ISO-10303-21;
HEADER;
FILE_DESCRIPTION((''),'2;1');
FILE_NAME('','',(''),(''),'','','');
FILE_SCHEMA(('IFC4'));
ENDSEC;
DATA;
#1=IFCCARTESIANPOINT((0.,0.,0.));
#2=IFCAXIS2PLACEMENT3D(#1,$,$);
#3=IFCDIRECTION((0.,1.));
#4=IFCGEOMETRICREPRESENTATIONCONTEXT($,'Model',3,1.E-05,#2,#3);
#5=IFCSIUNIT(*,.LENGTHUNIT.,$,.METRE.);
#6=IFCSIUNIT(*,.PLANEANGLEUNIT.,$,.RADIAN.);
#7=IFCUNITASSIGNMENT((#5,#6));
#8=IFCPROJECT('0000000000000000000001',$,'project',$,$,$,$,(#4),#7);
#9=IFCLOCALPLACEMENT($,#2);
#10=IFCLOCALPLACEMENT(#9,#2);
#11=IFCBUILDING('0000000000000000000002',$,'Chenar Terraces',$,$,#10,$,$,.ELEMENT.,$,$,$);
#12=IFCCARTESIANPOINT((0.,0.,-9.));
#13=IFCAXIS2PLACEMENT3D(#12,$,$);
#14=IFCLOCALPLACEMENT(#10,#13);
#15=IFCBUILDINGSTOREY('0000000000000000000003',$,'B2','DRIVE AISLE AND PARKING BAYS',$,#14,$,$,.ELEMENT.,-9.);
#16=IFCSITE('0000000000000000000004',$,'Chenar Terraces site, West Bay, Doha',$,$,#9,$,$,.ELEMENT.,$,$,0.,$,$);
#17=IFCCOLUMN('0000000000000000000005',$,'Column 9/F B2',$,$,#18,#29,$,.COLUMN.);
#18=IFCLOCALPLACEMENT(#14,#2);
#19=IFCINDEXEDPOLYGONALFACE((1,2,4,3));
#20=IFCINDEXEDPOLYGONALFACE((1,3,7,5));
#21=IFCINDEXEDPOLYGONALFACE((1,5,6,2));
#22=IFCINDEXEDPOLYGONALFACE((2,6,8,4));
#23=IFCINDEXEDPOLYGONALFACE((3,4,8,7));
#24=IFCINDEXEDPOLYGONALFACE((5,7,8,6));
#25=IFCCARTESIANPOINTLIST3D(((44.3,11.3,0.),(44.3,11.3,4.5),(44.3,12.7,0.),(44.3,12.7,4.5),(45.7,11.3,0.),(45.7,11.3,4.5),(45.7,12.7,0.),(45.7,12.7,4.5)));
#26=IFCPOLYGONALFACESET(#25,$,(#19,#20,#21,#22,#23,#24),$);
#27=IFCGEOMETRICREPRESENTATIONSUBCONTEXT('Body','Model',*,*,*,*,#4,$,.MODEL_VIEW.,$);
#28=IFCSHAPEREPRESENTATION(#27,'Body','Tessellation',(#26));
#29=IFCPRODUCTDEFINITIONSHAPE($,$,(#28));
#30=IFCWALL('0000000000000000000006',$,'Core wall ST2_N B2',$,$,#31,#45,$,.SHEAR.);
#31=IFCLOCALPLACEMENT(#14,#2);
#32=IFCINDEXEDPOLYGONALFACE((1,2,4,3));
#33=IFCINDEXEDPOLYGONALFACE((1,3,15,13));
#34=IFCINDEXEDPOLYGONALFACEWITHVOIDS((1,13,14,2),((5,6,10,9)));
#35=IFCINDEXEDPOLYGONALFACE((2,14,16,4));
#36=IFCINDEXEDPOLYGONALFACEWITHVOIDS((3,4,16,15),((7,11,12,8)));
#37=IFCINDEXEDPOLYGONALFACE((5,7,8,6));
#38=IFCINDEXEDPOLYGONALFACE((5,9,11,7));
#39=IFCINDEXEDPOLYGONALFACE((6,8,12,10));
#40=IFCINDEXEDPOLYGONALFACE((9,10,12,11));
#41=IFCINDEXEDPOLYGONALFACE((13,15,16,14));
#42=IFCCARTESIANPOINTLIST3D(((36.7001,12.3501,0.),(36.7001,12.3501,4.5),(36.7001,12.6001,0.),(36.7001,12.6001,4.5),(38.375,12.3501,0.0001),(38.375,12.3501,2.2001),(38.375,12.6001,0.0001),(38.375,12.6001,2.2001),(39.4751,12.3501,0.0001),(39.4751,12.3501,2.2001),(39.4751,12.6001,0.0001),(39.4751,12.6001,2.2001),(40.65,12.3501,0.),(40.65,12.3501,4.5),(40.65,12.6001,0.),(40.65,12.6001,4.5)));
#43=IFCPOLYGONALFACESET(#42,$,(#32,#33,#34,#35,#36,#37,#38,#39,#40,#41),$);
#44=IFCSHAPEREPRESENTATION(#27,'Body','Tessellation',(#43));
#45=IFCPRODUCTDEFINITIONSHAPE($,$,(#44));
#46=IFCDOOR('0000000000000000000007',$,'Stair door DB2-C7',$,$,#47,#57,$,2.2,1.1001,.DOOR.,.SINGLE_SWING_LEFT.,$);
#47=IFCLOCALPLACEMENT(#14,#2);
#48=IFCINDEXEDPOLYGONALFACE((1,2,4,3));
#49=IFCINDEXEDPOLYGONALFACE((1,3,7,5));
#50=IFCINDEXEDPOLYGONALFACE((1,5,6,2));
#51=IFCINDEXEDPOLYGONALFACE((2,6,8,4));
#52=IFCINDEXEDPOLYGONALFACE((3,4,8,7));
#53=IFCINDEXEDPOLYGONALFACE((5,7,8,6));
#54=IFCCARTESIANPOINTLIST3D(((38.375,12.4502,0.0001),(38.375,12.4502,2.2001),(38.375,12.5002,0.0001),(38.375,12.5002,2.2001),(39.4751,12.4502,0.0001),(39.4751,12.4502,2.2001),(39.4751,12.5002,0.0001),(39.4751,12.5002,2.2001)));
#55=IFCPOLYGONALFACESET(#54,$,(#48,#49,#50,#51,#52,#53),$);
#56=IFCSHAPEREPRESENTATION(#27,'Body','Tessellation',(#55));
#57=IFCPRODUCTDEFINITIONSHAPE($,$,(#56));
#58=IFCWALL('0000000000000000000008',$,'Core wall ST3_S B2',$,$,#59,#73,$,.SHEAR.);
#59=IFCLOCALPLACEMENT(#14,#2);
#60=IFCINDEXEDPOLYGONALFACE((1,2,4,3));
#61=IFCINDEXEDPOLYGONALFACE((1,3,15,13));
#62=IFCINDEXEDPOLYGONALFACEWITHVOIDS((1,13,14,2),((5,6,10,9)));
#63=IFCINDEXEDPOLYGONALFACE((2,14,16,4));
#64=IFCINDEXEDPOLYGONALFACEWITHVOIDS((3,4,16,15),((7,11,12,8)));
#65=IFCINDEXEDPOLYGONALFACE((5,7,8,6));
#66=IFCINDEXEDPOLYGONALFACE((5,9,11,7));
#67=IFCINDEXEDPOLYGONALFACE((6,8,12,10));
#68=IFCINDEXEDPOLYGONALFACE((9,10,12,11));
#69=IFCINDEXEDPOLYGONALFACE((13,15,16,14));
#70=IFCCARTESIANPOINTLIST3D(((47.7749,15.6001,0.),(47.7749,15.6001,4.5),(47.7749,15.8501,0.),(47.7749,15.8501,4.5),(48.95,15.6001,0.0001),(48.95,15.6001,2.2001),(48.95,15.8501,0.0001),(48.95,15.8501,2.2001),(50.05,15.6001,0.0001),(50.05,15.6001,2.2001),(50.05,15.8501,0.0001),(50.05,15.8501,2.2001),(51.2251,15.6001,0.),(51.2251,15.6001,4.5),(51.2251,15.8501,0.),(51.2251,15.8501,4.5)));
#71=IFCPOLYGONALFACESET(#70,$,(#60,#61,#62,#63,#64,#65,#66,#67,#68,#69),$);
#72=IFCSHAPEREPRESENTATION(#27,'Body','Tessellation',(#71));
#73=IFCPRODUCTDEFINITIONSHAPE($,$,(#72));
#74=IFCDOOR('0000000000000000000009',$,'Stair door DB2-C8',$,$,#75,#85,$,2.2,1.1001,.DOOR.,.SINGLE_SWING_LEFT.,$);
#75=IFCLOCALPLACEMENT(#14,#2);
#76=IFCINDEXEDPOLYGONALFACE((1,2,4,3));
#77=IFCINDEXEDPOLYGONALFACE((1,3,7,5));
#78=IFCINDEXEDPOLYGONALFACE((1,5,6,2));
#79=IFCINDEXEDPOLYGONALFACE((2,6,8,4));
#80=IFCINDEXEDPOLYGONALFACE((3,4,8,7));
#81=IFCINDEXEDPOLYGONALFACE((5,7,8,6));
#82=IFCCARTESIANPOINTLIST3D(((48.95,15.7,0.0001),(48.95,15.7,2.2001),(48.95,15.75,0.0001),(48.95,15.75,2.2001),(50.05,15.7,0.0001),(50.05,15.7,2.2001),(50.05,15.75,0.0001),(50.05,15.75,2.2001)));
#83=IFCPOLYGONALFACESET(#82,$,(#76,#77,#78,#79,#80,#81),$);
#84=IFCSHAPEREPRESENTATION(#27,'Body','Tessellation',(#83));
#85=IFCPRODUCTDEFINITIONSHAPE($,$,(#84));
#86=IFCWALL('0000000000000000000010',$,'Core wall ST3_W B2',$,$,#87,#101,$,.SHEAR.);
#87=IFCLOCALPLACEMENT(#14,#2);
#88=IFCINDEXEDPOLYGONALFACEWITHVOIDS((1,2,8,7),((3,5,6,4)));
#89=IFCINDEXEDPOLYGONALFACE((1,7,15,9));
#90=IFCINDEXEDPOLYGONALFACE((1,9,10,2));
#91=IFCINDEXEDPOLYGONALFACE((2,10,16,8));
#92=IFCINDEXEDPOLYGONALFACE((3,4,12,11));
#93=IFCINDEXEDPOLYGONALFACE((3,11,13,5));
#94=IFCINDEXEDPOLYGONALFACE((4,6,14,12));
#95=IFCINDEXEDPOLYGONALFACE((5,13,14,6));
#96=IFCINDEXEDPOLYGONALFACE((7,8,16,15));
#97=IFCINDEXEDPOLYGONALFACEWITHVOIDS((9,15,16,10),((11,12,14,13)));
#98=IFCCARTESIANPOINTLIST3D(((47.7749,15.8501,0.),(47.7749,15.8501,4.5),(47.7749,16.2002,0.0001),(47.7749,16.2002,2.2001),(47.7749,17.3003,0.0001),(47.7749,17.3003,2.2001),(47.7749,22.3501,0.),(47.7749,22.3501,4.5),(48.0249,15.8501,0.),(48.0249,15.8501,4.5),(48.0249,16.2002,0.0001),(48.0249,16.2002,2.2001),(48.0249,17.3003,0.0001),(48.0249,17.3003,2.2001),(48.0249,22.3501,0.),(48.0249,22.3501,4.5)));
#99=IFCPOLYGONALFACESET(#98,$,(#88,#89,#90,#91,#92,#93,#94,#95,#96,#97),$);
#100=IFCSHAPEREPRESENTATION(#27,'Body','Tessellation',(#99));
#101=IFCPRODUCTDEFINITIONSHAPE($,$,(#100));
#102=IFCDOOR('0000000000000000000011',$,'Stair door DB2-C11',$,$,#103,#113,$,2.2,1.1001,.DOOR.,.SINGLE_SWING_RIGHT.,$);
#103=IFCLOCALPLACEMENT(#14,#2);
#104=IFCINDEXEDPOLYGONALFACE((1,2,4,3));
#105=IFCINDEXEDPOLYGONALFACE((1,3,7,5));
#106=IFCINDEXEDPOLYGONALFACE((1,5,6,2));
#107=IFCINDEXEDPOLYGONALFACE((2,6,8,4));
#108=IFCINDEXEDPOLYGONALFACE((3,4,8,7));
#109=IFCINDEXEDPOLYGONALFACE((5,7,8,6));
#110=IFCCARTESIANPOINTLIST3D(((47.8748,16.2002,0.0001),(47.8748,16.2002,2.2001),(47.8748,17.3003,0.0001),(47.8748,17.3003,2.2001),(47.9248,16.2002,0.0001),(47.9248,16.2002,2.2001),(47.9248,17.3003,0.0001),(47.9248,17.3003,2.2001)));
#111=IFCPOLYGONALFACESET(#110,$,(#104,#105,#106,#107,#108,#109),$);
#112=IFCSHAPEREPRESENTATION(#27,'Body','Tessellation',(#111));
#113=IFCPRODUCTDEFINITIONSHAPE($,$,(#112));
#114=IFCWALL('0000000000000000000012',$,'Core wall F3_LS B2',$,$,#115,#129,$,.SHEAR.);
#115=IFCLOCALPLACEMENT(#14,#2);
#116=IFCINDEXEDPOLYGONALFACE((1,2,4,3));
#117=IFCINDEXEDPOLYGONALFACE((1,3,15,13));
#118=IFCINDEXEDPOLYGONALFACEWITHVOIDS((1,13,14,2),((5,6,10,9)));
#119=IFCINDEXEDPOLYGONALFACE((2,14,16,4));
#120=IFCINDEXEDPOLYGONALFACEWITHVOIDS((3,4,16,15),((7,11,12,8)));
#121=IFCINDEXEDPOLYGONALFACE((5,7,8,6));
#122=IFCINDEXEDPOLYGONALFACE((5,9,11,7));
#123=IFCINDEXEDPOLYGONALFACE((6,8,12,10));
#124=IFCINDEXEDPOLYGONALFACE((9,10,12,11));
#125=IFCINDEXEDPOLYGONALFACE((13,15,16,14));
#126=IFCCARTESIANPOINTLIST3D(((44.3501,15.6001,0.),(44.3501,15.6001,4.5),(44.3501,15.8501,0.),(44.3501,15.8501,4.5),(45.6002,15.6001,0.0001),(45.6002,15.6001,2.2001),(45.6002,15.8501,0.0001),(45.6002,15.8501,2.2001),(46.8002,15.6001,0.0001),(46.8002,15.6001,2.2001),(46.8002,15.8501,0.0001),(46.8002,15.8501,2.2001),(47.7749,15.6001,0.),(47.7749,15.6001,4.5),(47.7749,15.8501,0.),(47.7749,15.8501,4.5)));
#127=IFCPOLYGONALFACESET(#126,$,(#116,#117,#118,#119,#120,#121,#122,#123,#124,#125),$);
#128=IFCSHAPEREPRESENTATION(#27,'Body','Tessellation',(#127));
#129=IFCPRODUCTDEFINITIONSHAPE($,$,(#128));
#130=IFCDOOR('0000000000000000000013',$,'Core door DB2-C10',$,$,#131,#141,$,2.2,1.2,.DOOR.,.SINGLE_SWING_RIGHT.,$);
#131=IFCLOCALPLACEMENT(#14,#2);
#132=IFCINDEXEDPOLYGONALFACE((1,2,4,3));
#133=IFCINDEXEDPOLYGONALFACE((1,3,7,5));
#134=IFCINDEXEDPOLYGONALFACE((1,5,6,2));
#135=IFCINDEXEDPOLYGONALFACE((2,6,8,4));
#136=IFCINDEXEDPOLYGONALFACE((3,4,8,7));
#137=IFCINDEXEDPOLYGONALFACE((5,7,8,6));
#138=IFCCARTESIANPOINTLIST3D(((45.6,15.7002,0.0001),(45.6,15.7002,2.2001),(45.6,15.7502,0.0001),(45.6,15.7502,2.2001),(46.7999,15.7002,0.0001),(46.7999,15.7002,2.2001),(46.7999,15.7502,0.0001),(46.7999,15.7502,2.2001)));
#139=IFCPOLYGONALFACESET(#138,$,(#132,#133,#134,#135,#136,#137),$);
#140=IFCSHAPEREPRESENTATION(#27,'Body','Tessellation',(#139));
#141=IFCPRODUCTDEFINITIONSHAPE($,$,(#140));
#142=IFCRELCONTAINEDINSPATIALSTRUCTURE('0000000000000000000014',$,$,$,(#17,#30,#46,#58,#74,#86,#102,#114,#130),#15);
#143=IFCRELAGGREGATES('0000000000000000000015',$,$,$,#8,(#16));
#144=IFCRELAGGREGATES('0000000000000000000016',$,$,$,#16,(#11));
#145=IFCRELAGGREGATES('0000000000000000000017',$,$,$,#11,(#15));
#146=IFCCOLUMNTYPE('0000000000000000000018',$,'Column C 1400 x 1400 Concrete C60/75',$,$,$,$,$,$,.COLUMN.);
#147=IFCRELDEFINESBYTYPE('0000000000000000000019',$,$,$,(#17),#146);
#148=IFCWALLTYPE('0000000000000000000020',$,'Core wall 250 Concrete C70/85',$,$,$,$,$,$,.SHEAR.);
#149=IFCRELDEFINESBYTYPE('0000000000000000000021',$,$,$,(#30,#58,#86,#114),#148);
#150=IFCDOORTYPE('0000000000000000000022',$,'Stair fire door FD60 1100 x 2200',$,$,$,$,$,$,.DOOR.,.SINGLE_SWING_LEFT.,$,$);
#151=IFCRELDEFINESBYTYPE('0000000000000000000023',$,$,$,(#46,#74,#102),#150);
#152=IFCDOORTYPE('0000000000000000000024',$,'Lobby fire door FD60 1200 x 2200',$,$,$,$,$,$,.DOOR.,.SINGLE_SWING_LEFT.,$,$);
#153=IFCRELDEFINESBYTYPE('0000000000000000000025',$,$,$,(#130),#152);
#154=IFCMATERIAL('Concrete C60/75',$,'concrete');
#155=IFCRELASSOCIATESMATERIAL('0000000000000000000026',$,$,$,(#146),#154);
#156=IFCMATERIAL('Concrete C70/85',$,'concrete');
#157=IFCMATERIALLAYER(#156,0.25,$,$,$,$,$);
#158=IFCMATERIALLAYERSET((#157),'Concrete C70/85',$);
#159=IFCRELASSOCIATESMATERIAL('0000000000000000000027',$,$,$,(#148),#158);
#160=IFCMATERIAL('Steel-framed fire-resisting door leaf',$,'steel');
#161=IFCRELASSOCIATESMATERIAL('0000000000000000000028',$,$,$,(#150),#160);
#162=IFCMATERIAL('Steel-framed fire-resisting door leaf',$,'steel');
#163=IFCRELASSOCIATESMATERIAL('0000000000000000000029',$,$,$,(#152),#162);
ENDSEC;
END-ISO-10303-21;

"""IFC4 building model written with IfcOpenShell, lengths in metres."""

from ifc_helpers import new_model, si_unit, direction, frame, frame_2d, origin, origin_2d, place, context, subcontext, project, spatial, rectangle, extrude, material, layer, layer_set, material_profile, profile_set, type_object, element, fill, save


model = new_model("IFC4")

# Units and contexts
model_context = context("Model", 3, precision=1e-05, world=origin(), true_north=direction((0.0, 1.0)))
body_context = subcontext(model_context, "Body", "Model", "MODEL_VIEW")
ifc_project = project(units=[si_unit("LENGTHUNIT", "METRE"), si_unit("PLANEANGLEUNIT", "RADIAN")], contexts=[model_context])

# Site, building, storey
site_placement = place(None, origin())
site = spatial("IfcSite", under=ifc_project, at=site_placement, Name="Chenar Terraces site, West Bay, Doha", CompositionType="ELEMENT", RefElevation=0.0)
building_placement = place(site_placement, origin())
building = spatial("IfcBuilding", under=site, at=building_placement, Name="Chenar Terraces", CompositionType="ELEMENT")
storey_placement = place(building_placement, frame((0.0, 0.0, -9.0)))
storey = spatial("IfcBuildingStorey", under=building, at=storey_placement, Name="B2", Description="DRIVE AISLE AND PARKING BAYS", CompositionType="ELEMENT", Elevation=-9.0)

# Column
ifc_material_1 = material(Name="Concrete C60/75", Category="concrete")
ifc_material_profile = material_profile(ifc_material_1, rectangle(XDim=1.3999, YDim=1.3999, at=origin_2d()), Name="C 1400 x 1400")
ifc_profile_set = profile_set([ifc_material_profile], Name="Concrete C60/75")
column_type = type_object("IfcColumnType", Name="Column C 1400 x 1400 Concrete C60/75", PredefinedType="COLUMN", material=ifc_profile_set)
column_placement = place(storey_placement, frame((45.0, 12.0, 0.0), z_axis=(0.0, 0.0, 1.0), x_axis=(1.0, 0.0, 0.0)))
element("IfcColumn", 1, at=column_placement, inside=storey, type_object=column_type, Name="Column 9/F B2", PredefinedType="COLUMN", context=body_context, shape_type="SweptSolid", body=[
    extrude(rectangle(XDim=1.3999, YDim=1.3999, at=origin_2d()), origin(), (0.0, 0.0, 1.0), 4.5),
])

# Walls, openings, doors
ifc_material_2 = material(Name="Concrete C70/85", Category="concrete")
ifc_layer_1 = layer(ifc_material_2, 0.25)
ifc_layer_set_1 = layer_set([ifc_layer_1], Name="Concrete C70/85")
wall_type_1 = type_object("IfcWallType", Name="Core wall 250 Concrete C70/85", PredefinedType="SHEAR", material=ifc_layer_set_1)
wall_1_placement = place(storey_placement, frame((36.7, 12.4751, 0.0), z_axis=(0.0, 0.0, 1.0), x_axis=(1.0, 0.0, 0.0)))
wall_1 = element("IfcWall", 2, at=wall_1_placement, inside=storey, type_object=wall_type_1, Name="Core wall ST2_N B2", PredefinedType="SHEAR", context=body_context, shape_type="SweptSolid", body=[
    extrude(rectangle(XDim=3.95, YDim=0.25, at=frame_2d((1.9751, 0.0))), origin(), (0.0, 0.0, 1.0), 4.5),
])
opening_1_placement = place(wall_1_placement, frame((1.675, 0.0, 0.0)))
opening_1 = element("IfcOpeningElement", 3, at=opening_1_placement, cuts=wall_1, PredefinedType="OPENING", context=body_context, shape_type="SweptSolid", body=[
    extrude(rectangle(XDim=1.1001, YDim=2.2, at=frame_2d((0.55, 1.1001))), frame((0.0, 0.135, 0.0), z_axis=(0.0, -1.0, 0.0), x_axis=(1.0, 0.0, 0.0)), (0.0, 0.0, 1.0), 0.27),
])
ifc_material_3 = material(Name="Steel-framed fire-resisting door leaf", Category="steel")
door_type_1 = type_object("IfcDoorType", Name="Stair fire door FD60 1100 x 2200", OperationType="SINGLE_SWING_LEFT", PredefinedType="DOOR", material=ifc_material_3)
door_1_placement = place(opening_1_placement, frame((1.1001, 0.0, 0.0), z_axis=(0.0, 0.0, 1.0), x_axis=(-1.0, 0.0, 0.0)))
door_1 = element("IfcDoor", 4, at=door_1_placement, inside=storey, type_object=door_type_1, Name="Stair door DB2-C7", OperationType="SINGLE_SWING_LEFT", OverallHeight=2.2, OverallWidth=1.1001, PredefinedType="DOOR", context=body_context, shape_type="SweptSolid", body=[
    extrude(rectangle(XDim=1.1001, YDim=2.2, at=frame_2d((0.55, 1.1001))), frame((0.0, 0.0249, 0.0), z_axis=(0.0, -1.0, 0.0), x_axis=(1.0, 0.0, 0.0)), (0.0, 0.0, 1.0), 0.05),
])
fill(opening_1, door_1)
wall_2_placement = place(storey_placement, frame((47.7749, 15.7251, 0.0), z_axis=(0.0, 0.0, 1.0), x_axis=(1.0, 0.0, 0.0)))
wall_2 = element("IfcWall", 5, at=wall_2_placement, inside=storey, type_object=wall_type_1, Name="Core wall ST3_S B2", PredefinedType="SHEAR", context=body_context, shape_type="SweptSolid", body=[
    extrude(rectangle(XDim=3.4502, YDim=0.25, at=frame_2d((1.7251, 0.0))), origin(), (0.0, 0.0, 1.0), 4.5),
])
opening_2_placement = place(wall_2_placement, frame((1.175, 0.0, 0.0)))
opening_2 = element("IfcOpeningElement", 6, at=opening_2_placement, cuts=wall_2, PredefinedType="OPENING", context=body_context, shape_type="SweptSolid", body=[
    extrude(rectangle(XDim=1.1001, YDim=2.2, at=frame_2d((0.55, 1.1001))), frame((0.0, 0.135, 0.0), z_axis=(0.0, -1.0, 0.0), x_axis=(1.0, 0.0, 0.0)), (0.0, 0.0, 1.0), 0.27),
])
door_2_placement = place(opening_2_placement, origin())
door_2 = element("IfcDoor", 7, at=door_2_placement, inside=storey, type_object=door_type_1, Name="Stair door DB2-C8", OperationType="SINGLE_SWING_LEFT", OverallHeight=2.2, OverallWidth=1.1001, PredefinedType="DOOR", context=body_context, shape_type="SweptSolid", body=[
    extrude(rectangle(XDim=1.1001, YDim=2.2, at=frame_2d((0.55, 1.1001))), frame((0.0, 0.0249, 0.0), z_axis=(0.0, -1.0, 0.0), x_axis=(1.0, 0.0, 0.0)), (0.0, 0.0, 1.0), 0.05),
])
fill(opening_2, door_2)
wall_3_placement = place(storey_placement, frame((47.8999, 15.8501, 0.0), z_axis=(0.0, 0.0, 1.0), x_axis=(0.0, 1.0, 0.0)))
wall_3 = element("IfcWall", 8, at=wall_3_placement, inside=storey, type_object=wall_type_1, Name="Core wall ST3_W B2", PredefinedType="SHEAR", context=body_context, shape_type="SweptSolid", body=[
    extrude(rectangle(XDim=6.5, YDim=0.25, at=frame_2d((3.25, 0.0))), origin(), (0.0, 0.0, 1.0), 4.5),
])
opening_3_placement = place(wall_3_placement, frame((0.3501, 0.0, 0.0)))
opening_3 = element("IfcOpeningElement", 9, at=opening_3_placement, cuts=wall_3, PredefinedType="OPENING", context=body_context, shape_type="SweptSolid", body=[
    extrude(rectangle(XDim=1.1001, YDim=2.2, at=frame_2d((0.55, 1.1001))), frame((0.0, 0.135, 0.0), z_axis=(0.0, -1.0, 0.0), x_axis=(1.0, 0.0, 0.0)), (0.0, 0.0, 1.0), 0.27),
])
door_3_placement = place(opening_3_placement, frame((1.1001, 0.0, 0.0), z_axis=(0.0, 0.0, 1.0), x_axis=(-1.0, 0.0, 0.0)))
door_3 = element("IfcDoor", 10, at=door_3_placement, inside=storey, type_object=door_type_1, Name="Stair door DB2-C11", OperationType="SINGLE_SWING_RIGHT", OverallHeight=2.2, OverallWidth=1.1001, PredefinedType="DOOR", context=body_context, shape_type="SweptSolid", body=[
    extrude(rectangle(XDim=1.1001, YDim=2.2, at=frame_2d((0.55, 1.1001))), frame((0.0, 0.0249, 0.0), z_axis=(0.0, -1.0, 0.0), x_axis=(1.0, 0.0, 0.0)), (0.0, 0.0, 1.0), 0.05),
])
fill(opening_3, door_3)
wall_4_placement = place(storey_placement, frame((44.3501, 15.7251, 0.0), z_axis=(0.0, 0.0, 1.0), x_axis=(1.0, 0.0, 0.0)))
wall_4 = element("IfcWall", 11, at=wall_4_placement, inside=storey, type_object=wall_type_1, Name="Core wall F3_LS B2", PredefinedType="SHEAR", context=body_context, shape_type="SweptSolid", body=[
    extrude(rectangle(XDim=3.4248, YDim=0.25, at=frame_2d((1.7124, 0.0))), origin(), (0.0, 0.0, 1.0), 4.5),
])
opening_4_placement = place(wall_4_placement, frame((1.25, 0.0, 0.0)))
opening_4 = element("IfcOpeningElement", 12, at=opening_4_placement, cuts=wall_4, PredefinedType="OPENING", context=body_context, shape_type="SweptSolid", body=[
    extrude(rectangle(XDim=1.2, YDim=2.2, at=frame_2d((0.6001, 1.1001))), frame((0.0, 0.135, 0.0), z_axis=(0.0, -1.0, 0.0), x_axis=(1.0, 0.0, 0.0)), (0.0, 0.0, 1.0), 0.27),
])
ifc_material_4 = material(Name="Steel-framed fire-resisting door leaf", Category="steel")
door_type_2 = type_object("IfcDoorType", Name="Lobby fire door FD60 1200 x 2200", OperationType="SINGLE_SWING_LEFT", PredefinedType="DOOR", material=ifc_material_4)
door_4_placement = place(opening_4_placement, frame((1.2, 0.0, 0.0), z_axis=(0.0, 0.0, 1.0), x_axis=(-1.0, 0.0, 0.0)))
door_4 = element("IfcDoor", 13, at=door_4_placement, inside=storey, type_object=door_type_2, Name="Core door DB2-C10", OperationType="SINGLE_SWING_RIGHT", OverallHeight=2.2, OverallWidth=1.2, PredefinedType="DOOR", context=body_context, shape_type="SweptSolid", body=[
    extrude(rectangle(XDim=1.2, YDim=2.2, at=frame_2d((0.6001, 1.1001))), frame((0.0, 0.0249, 0.0), z_axis=(0.0, -1.0, 0.0), x_axis=(1.0, 0.0, 0.0)), (0.0, 0.0, 1.0), 0.05),
])
fill(opening_4, door_4)

save(model, "model.ifc")
